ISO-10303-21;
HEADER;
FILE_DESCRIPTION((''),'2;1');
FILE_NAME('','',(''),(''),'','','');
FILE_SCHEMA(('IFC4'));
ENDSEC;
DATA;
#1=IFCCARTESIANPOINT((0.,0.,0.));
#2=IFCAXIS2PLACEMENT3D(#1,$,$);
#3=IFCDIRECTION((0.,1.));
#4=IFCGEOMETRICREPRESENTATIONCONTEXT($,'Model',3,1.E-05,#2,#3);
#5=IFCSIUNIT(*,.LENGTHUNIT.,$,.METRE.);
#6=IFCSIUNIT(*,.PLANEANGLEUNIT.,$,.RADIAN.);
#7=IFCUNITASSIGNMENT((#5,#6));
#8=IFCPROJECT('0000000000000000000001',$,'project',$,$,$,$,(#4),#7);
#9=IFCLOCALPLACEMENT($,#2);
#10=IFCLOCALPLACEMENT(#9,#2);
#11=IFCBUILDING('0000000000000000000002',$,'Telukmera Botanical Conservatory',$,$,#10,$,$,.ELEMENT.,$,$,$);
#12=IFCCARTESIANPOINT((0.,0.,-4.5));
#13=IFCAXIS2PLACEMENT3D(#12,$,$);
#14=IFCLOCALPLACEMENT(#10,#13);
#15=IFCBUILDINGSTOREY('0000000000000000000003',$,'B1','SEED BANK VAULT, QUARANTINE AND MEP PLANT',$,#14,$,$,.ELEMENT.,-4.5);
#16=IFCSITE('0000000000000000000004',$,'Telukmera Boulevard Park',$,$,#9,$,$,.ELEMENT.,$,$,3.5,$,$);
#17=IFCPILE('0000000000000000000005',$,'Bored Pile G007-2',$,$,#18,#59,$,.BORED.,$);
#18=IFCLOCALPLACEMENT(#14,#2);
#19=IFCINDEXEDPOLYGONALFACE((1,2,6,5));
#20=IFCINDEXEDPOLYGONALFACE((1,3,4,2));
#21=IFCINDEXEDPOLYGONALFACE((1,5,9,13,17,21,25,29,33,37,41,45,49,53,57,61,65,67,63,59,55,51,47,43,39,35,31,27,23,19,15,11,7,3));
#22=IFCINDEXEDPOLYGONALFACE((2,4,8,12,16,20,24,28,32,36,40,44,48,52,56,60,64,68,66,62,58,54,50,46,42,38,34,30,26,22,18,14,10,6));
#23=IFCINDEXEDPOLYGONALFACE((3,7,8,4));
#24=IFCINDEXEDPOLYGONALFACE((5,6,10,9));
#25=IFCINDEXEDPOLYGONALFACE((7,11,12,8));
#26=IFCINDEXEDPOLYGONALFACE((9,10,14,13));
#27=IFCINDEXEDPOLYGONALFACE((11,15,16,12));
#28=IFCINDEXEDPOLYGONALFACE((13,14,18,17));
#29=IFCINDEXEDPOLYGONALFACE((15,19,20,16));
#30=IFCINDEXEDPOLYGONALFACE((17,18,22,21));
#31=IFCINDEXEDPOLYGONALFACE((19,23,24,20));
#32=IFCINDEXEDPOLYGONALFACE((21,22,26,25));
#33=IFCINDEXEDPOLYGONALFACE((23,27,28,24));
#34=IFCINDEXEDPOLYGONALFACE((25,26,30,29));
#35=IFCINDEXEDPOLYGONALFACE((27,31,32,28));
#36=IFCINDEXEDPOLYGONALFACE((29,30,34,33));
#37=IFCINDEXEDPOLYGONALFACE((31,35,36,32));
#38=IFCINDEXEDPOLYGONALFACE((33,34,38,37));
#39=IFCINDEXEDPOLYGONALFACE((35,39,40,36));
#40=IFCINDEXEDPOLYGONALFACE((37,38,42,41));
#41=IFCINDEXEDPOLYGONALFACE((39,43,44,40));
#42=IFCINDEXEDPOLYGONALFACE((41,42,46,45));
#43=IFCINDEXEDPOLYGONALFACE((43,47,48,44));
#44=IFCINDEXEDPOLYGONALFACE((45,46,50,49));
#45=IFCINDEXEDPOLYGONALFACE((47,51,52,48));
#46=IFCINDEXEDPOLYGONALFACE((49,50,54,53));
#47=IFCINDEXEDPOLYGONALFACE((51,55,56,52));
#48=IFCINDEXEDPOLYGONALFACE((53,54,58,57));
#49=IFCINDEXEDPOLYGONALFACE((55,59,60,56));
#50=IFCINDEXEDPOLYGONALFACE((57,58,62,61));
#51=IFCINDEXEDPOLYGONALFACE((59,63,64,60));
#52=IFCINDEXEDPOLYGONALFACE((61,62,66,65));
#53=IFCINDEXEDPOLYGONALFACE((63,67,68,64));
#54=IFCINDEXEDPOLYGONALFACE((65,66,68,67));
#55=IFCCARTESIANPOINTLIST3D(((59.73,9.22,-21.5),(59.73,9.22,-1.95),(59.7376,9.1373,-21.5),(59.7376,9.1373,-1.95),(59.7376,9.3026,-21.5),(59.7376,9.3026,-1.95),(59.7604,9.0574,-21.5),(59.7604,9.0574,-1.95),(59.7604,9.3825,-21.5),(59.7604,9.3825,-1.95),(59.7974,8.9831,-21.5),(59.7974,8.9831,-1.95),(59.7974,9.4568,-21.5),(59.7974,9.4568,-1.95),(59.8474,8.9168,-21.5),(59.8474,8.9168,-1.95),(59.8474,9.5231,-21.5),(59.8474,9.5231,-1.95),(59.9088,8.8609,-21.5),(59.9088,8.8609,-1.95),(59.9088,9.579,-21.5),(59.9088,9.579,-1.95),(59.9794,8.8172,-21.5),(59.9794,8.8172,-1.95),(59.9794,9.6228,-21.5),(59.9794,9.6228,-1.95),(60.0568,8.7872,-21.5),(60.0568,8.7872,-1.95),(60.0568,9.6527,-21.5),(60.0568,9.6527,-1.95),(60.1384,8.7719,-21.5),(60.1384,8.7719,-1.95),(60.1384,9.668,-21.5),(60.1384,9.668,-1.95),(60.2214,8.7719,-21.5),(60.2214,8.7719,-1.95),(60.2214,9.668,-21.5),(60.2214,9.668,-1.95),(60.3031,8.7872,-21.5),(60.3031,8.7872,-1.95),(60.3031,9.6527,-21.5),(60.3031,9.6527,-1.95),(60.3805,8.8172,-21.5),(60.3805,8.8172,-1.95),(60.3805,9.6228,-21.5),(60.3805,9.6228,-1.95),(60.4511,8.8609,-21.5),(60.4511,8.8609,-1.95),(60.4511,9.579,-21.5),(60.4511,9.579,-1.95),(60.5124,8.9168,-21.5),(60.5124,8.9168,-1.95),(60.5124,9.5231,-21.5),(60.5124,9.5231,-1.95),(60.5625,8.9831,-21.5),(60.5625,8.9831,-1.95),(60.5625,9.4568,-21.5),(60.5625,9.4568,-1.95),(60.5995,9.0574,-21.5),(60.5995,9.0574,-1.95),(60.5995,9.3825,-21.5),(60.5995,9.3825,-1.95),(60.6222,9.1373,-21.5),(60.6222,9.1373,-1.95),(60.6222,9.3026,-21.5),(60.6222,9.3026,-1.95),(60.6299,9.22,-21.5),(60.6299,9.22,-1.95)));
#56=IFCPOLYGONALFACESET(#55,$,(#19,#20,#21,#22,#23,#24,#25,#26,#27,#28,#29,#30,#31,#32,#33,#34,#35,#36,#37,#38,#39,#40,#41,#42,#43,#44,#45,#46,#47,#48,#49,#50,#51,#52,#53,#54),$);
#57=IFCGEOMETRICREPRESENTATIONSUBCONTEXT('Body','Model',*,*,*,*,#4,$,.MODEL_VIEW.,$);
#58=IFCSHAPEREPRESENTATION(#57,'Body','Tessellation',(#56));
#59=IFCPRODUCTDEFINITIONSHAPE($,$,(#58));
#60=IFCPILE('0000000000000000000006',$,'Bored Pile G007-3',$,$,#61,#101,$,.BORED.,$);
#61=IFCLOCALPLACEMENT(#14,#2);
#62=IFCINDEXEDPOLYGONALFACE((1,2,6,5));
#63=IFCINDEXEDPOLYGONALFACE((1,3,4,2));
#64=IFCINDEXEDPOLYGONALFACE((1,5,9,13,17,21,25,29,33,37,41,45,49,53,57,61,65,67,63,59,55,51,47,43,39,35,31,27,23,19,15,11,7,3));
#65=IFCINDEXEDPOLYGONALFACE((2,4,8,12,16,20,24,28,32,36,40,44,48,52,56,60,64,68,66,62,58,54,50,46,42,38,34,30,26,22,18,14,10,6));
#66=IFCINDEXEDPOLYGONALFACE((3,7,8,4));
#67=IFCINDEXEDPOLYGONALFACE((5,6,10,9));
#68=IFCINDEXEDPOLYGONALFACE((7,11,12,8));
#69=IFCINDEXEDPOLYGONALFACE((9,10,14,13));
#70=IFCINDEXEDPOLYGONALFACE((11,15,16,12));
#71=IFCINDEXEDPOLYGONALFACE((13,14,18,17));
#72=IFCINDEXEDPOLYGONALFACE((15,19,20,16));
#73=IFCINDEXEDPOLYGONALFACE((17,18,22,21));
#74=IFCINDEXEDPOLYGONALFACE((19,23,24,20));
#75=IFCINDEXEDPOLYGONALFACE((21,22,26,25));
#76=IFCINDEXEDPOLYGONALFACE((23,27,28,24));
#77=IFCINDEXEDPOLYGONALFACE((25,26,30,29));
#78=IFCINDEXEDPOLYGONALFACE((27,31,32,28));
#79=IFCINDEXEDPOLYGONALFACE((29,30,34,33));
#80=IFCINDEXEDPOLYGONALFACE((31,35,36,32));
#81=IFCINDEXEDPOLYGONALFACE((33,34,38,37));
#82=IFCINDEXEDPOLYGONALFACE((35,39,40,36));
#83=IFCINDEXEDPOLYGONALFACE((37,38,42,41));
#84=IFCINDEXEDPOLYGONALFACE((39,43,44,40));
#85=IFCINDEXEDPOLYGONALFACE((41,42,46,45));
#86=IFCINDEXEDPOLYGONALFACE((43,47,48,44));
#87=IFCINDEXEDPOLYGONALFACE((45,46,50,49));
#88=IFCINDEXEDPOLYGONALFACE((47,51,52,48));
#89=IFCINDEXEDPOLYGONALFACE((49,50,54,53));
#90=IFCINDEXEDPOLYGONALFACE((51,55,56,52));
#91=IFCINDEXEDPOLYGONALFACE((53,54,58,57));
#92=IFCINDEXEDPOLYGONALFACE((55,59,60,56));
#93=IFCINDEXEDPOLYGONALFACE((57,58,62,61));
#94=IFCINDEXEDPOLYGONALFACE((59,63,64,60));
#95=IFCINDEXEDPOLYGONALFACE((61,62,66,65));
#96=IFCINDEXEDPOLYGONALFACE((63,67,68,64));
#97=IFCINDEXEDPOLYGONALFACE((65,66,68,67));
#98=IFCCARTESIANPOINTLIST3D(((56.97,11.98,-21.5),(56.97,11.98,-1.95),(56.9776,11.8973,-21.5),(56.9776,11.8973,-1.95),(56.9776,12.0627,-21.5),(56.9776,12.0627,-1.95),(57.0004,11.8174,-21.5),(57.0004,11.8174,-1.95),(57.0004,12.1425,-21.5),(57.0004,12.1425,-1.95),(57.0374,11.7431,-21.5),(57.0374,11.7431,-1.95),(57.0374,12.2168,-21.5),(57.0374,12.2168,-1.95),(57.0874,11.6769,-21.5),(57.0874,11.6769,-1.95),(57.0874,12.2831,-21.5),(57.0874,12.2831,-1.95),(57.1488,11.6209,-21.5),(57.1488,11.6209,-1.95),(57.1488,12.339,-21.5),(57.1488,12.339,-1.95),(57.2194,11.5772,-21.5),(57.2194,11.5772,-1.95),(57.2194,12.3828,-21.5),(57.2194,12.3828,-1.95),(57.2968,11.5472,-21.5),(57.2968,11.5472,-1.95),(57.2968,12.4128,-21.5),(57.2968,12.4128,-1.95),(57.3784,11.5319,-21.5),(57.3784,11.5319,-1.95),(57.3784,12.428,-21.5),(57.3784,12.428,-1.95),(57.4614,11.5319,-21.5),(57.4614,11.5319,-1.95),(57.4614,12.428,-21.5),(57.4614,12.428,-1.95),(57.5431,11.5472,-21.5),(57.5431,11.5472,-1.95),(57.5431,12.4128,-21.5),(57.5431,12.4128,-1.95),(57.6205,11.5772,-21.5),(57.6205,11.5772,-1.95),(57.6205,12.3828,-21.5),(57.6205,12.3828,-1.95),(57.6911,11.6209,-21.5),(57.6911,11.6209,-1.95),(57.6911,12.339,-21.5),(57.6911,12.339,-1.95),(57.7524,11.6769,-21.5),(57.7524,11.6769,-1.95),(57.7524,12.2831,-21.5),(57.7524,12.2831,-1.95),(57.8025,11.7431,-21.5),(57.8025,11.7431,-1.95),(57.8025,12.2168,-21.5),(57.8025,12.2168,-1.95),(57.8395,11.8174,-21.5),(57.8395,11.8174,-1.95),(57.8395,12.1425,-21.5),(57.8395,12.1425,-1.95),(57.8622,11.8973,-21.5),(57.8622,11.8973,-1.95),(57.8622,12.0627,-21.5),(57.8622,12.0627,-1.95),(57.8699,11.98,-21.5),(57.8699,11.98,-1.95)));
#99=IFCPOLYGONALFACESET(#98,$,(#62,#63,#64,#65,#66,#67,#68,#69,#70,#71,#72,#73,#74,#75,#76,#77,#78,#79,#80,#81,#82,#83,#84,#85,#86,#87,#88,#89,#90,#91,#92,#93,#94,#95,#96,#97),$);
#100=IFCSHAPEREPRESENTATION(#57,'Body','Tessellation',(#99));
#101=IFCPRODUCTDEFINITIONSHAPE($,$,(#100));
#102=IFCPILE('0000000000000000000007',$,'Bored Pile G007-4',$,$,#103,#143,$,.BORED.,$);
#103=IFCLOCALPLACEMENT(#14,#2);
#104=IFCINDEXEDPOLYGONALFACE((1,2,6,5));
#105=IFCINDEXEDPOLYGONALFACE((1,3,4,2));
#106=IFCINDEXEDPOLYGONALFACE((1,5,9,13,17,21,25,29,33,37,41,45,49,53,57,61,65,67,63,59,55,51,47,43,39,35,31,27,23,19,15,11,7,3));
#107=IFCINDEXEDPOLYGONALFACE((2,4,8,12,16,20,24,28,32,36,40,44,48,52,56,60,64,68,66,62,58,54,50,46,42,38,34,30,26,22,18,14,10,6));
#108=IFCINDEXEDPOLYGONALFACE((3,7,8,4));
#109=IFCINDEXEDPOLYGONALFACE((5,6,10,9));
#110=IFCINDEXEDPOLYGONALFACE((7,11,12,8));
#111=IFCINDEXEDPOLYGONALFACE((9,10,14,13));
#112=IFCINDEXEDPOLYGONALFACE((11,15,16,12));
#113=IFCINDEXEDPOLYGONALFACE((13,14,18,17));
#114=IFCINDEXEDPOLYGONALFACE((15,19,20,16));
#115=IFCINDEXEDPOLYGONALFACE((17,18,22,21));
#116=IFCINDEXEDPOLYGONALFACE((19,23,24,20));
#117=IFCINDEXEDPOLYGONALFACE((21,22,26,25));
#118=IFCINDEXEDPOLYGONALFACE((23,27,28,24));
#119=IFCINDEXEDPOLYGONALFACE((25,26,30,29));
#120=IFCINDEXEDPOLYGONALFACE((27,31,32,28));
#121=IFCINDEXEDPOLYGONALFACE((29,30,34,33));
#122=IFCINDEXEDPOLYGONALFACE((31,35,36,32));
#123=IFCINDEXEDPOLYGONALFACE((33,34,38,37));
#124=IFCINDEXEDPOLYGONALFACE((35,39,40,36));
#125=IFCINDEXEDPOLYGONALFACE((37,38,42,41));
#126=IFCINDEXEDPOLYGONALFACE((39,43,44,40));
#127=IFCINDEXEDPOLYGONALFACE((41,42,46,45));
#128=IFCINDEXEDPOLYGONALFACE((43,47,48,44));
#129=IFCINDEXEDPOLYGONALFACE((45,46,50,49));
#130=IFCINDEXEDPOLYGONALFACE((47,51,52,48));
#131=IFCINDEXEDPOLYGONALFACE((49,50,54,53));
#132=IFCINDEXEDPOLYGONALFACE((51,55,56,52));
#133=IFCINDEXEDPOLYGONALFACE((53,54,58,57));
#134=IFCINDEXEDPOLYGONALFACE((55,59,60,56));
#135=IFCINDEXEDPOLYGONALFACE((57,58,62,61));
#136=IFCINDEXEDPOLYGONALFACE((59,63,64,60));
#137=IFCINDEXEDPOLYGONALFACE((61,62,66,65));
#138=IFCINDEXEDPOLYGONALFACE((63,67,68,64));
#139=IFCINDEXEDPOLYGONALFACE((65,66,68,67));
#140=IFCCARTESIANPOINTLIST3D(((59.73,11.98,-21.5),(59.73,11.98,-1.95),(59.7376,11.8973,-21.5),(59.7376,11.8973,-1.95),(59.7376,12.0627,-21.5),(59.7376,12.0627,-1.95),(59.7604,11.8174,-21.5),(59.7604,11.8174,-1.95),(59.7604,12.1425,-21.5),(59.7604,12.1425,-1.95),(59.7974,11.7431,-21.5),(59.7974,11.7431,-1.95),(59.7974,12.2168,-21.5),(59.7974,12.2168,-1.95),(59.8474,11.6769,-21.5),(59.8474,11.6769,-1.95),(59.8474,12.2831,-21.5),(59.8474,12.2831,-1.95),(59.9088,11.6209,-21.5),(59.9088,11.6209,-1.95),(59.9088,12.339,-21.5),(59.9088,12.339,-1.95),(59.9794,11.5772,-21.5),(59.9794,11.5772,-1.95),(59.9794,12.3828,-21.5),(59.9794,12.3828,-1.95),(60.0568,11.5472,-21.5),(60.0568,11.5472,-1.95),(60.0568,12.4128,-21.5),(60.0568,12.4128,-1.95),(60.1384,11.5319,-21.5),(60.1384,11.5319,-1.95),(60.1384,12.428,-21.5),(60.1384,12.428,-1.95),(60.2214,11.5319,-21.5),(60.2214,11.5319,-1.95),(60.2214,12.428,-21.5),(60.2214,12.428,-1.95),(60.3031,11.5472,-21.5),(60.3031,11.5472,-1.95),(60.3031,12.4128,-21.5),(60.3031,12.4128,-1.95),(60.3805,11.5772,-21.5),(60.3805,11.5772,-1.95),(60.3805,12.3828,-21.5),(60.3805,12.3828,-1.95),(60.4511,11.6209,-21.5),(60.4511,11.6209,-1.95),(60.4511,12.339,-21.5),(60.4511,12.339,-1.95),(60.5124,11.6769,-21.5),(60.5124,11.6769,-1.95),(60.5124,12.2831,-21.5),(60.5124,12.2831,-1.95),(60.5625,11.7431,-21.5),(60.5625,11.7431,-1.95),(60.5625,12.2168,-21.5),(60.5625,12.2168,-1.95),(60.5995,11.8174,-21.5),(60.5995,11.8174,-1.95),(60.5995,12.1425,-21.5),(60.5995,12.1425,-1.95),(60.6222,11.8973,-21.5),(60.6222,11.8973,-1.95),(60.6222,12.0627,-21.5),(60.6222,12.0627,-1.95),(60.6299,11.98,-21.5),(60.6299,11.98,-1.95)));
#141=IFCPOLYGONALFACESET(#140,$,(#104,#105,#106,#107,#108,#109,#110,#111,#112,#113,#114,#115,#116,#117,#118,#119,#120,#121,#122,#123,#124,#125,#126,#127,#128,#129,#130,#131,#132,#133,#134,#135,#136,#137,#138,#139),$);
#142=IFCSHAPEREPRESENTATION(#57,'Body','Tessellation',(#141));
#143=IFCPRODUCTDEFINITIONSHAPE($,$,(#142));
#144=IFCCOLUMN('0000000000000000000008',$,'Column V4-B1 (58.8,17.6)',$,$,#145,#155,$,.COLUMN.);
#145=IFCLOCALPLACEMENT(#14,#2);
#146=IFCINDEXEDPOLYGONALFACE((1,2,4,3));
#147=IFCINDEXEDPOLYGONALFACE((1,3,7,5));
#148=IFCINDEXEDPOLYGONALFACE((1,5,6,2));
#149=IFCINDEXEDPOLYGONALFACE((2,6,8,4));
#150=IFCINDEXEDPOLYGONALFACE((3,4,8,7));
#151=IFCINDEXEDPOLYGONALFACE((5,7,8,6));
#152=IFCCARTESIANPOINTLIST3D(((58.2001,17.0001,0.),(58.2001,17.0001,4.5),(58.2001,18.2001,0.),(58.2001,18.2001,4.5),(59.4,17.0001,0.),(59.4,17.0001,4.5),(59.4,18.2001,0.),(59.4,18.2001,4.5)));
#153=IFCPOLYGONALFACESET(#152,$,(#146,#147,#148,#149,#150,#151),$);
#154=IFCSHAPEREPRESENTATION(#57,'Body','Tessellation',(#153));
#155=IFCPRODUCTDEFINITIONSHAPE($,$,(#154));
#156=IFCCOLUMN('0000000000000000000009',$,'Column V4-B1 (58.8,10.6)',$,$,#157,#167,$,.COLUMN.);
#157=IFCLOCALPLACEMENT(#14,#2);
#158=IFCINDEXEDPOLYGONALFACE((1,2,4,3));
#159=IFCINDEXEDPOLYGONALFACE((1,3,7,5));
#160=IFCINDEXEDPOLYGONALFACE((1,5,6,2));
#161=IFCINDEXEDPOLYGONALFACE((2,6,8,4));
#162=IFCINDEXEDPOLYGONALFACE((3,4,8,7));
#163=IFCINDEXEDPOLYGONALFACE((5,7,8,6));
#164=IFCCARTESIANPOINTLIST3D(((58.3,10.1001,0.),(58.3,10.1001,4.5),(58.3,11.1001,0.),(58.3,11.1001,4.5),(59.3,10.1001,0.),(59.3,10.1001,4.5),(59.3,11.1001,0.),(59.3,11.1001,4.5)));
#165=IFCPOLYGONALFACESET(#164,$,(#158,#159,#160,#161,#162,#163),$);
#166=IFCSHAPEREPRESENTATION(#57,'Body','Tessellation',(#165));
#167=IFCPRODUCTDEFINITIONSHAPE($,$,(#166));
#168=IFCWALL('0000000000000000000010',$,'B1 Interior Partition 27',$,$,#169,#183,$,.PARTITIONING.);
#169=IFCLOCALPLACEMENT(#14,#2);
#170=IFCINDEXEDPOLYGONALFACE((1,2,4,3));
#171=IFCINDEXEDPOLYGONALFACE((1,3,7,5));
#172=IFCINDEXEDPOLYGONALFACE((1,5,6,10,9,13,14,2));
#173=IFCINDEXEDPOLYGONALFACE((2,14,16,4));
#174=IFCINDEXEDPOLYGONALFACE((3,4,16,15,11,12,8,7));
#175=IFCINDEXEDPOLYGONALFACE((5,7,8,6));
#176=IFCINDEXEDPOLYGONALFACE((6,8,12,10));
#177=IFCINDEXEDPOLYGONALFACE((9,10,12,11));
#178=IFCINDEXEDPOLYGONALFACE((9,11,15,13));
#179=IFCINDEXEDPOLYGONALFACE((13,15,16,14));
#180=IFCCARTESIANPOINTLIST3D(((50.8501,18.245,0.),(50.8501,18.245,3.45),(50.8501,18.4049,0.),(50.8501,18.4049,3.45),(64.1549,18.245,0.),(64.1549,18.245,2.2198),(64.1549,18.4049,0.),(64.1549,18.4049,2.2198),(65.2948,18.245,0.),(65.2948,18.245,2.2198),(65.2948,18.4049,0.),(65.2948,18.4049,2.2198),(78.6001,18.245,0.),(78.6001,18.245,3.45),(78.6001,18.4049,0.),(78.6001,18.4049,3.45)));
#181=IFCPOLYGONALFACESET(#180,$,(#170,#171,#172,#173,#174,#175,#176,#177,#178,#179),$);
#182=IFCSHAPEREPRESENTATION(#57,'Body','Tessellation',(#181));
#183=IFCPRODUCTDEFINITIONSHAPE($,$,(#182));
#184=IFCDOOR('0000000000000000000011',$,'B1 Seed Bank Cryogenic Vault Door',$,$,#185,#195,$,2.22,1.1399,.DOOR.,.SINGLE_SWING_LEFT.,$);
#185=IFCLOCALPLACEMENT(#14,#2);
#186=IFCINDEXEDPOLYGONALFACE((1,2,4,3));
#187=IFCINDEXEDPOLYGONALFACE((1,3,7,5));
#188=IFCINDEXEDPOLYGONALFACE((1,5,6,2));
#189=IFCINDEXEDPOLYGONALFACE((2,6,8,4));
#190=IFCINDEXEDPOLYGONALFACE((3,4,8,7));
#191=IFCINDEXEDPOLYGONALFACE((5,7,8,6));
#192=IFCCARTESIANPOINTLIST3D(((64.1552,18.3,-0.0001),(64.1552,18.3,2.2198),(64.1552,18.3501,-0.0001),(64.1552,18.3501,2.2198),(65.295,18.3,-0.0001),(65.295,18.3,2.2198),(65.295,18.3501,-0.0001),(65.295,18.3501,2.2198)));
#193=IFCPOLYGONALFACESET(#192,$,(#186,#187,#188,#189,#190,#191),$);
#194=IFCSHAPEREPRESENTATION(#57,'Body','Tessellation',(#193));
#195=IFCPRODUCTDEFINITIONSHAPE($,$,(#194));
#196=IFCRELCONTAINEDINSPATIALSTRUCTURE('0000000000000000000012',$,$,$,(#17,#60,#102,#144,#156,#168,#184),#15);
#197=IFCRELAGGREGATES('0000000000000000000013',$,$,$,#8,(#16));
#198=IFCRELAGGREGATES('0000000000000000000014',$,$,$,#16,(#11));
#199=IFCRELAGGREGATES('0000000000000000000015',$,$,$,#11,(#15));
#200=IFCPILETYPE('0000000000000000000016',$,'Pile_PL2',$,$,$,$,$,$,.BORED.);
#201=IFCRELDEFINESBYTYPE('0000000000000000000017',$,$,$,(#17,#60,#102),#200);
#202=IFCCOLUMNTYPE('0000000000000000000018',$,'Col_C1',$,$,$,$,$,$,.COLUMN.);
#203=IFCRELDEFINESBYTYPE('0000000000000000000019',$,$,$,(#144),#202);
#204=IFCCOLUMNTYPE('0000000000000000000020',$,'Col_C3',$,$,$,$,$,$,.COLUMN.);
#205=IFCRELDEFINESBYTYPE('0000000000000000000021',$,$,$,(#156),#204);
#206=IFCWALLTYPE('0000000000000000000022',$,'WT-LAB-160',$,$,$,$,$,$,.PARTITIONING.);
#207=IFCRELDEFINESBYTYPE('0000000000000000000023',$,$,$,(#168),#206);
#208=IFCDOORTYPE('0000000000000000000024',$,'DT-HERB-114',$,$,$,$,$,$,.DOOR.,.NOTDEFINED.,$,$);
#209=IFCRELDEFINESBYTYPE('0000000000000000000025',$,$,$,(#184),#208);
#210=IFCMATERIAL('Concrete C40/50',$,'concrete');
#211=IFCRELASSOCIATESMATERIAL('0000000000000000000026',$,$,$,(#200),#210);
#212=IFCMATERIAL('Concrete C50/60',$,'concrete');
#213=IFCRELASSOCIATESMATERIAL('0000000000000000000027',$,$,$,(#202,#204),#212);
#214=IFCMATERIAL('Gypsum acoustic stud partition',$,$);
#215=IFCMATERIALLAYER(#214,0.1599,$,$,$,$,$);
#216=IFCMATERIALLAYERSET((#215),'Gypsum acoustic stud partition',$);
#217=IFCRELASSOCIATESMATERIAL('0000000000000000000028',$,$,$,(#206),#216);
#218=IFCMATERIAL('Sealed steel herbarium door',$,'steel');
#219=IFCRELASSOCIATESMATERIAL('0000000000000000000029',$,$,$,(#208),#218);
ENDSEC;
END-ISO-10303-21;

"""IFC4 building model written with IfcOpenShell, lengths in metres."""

from ifc_helpers import new_model, si_unit, direction, frame, frame_2d, origin, origin_2d, place, context, subcontext, project, spatial, rectangle, circle, extrude, material, layer, layer_set, material_profile, profile_set, type_object, element, fill, save


model = new_model("IFC4")

# Units and contexts
model_context = context("Model", 3, precision=1e-05, world=origin(), true_north=direction((0.0, 1.0)))
body_context = subcontext(model_context, "Body", "Model", "MODEL_VIEW")
ifc_project = project(units=[si_unit("LENGTHUNIT", "METRE"), si_unit("PLANEANGLEUNIT", "RADIAN")], contexts=[model_context])

# Site, building, storey
site_placement = place(None, origin())
site = spatial("IfcSite", under=ifc_project, at=site_placement, Name="Telukmera Boulevard Park", CompositionType="ELEMENT", RefElevation=3.5)
building_placement = place(site_placement, origin())
building = spatial("IfcBuilding", under=site, at=building_placement, Name="Telukmera Botanical Conservatory", CompositionType="ELEMENT")
storey_placement = place(building_placement, frame((0.0, 0.0, -4.5)))
storey = spatial("IfcBuildingStorey", under=building, at=storey_placement, Name="B1", Description="SEED BANK VAULT, QUARANTINE AND MEP PLANT", CompositionType="ELEMENT", Elevation=-4.5)

# Shared definitions
ifc_material_1 = material(Name="Concrete C50/60", Category="concrete")
ifc_material_2 = material(Name="Concrete C40/50", Category="concrete")

# Piles
ifc_material_profile_1 = material_profile(ifc_material_2, circle(Radius=0.45, at=origin_2d()), Name="PILE D900")
ifc_profile_set_1 = profile_set([ifc_material_profile_1], Name="Concrete C40/50")
pile_type_1 = type_object("IfcPileType", Name="Pile_PL2", PredefinedType="BORED", material=ifc_profile_set_1)
for number, where, z_axis, x_axis, name in (
    (1, (60.1799, 9.22, -1.95), (0.0, 0.0, -1.0), (1.0, 0.0, 0.0), "Bored Pile G007-2"),
    (2, (57.4199, 11.98, -1.95), (0.0, 0.0, -1.0), (1.0, 0.0, 0.0), "Bored Pile G007-3"),
    (3, (60.1799, 11.98, -1.95), (0.0, 0.0, -1.0), (1.0, 0.0, 0.0), "Bored Pile G007-4"),
):
    element("IfcPile", number, at=place(storey_placement, frame(where, z_axis=z_axis, x_axis=x_axis)), inside=storey, type_object=pile_type_1, Name=name, PredefinedType="BORED", context=body_context, shape_type="SweptSolid", body=[
        extrude(circle(Radius=0.45, at=origin_2d()), origin(), (0.0, 0.0, 1.0), 19.55),
    ])

# Columns
ifc_material_profile_2 = material_profile(ifc_material_1, rectangle(XDim=1.2, YDim=1.2, at=origin_2d()), Name="RC 1200x1200")
ifc_profile_set_2 = profile_set([ifc_material_profile_2], Name="Concrete C50/60")
column_type_1 = type_object("IfcColumnType", Name="Col_C1", PredefinedType="COLUMN", material=ifc_profile_set_2)
column_1_placement = place(storey_placement, frame((58.8, 17.6001, 0.0), z_axis=(0.0, 0.0, 1.0), x_axis=(1.0, 0.0, 0.0)))
element("IfcColumn", 4, at=column_1_placement, inside=storey, type_object=column_type_1, Name="Column V4-B1 (58.8,17.6)", PredefinedType="COLUMN", context=body_context, shape_type="SweptSolid", body=[
    extrude(rectangle(XDim=1.2, YDim=1.2, at=origin_2d()), origin(), (0.0, 0.0, 1.0), 4.5),
])
ifc_material_profile_3 = material_profile(ifc_material_1, rectangle(XDim=1.0, YDim=1.0, at=origin_2d()), Name="RC 1000x1000")
ifc_profile_set_3 = profile_set([ifc_material_profile_3], Name="Concrete C50/60")
column_type_2 = type_object("IfcColumnType", Name="Col_C3", PredefinedType="COLUMN", material=ifc_profile_set_3)
column_2_placement = place(storey_placement, frame((58.8, 10.6001, 0.0), z_axis=(0.0, 0.0, 1.0), x_axis=(1.0, 0.0, 0.0)))
element("IfcColumn", 5, at=column_2_placement, inside=storey, type_object=column_type_2, Name="Column V4-B1 (58.8,10.6)", PredefinedType="COLUMN", context=body_context, shape_type="SweptSolid", body=[
    extrude(rectangle(XDim=1.0, YDim=1.0, at=origin_2d()), origin(), (0.0, 0.0, 1.0), 4.5),
])

# Wall, opening, door
ifc_material_3 = material(Name="Gypsum acoustic stud partition")
ifc_layer_1 = layer(ifc_material_3, 0.1599)
ifc_layer_set_1 = layer_set([ifc_layer_1], Name="Gypsum acoustic stud partition")
wall_type_1 = type_object("IfcWallType", Name="WT-LAB-160", PredefinedType="PARTITIONING", material=ifc_layer_set_1)
wall_1_placement = place(storey_placement, frame((50.8501, 18.325, 0.0), z_axis=(0.0, 0.0, 1.0), x_axis=(1.0, 0.0, 0.0)))
wall_1 = element("IfcWall", 6, at=wall_1_placement, inside=storey, type_object=wall_type_1, Name="B1 Interior Partition 27", PredefinedType="PARTITIONING", context=body_context, shape_type="SweptSolid", body=[
    extrude(rectangle(XDim=27.75, YDim=0.1599, at=frame_2d((13.875, 0.0))), origin(), (0.0, 0.0, 1.0), 3.45),
])
opening_placement = place(wall_1_placement, frame((13.3049, 0.0, 0.0)))
opening = element("IfcOpeningElement", 7, at=opening_placement, cuts=wall_1, PredefinedType="OPENING", context=body_context, shape_type="SweptSolid", body=[
    extrude(rectangle(XDim=1.1399, YDim=2.22, at=frame_2d((0.5698, 1.1099))), frame((0.0, 0.0898, 0.0), z_axis=(0.0, -1.0, 0.0), x_axis=(1.0, 0.0, 0.0)), (0.0, 0.0, 1.0), 0.1799),
])
ifc_material_4 = material(Name="Sealed steel herbarium door", Category="steel")
door_type = type_object("IfcDoorType", Name="DT-HERB-114", OperationType="NOTDEFINED", PredefinedType="DOOR", material=ifc_material_4)
door_placement = place(opening_placement, frame((1.1399, 0.0, 0.0), z_axis=(0.0, 0.0, 1.0), x_axis=(-1.0, 0.0, 0.0)))
door = element("IfcDoor", 8, at=door_placement, inside=storey, type_object=door_type, Name="B1 Seed Bank Cryogenic Vault Door", OperationType="SINGLE_SWING_LEFT", OverallHeight=2.22, OverallWidth=1.1399, PredefinedType="DOOR", context=body_context, shape_type="SweptSolid", body=[
    extrude(rectangle(XDim=1.1399, YDim=2.22, at=frame_2d((0.5698, 1.1099))), frame((0.0, 0.0249, 0.0), z_axis=(0.0, -1.0, 0.0), x_axis=(1.0, 0.0, 0.0)), (0.0, 0.0, 1.0), 0.05),
])
fill(opening, door)

save(model, "model.ifc")
